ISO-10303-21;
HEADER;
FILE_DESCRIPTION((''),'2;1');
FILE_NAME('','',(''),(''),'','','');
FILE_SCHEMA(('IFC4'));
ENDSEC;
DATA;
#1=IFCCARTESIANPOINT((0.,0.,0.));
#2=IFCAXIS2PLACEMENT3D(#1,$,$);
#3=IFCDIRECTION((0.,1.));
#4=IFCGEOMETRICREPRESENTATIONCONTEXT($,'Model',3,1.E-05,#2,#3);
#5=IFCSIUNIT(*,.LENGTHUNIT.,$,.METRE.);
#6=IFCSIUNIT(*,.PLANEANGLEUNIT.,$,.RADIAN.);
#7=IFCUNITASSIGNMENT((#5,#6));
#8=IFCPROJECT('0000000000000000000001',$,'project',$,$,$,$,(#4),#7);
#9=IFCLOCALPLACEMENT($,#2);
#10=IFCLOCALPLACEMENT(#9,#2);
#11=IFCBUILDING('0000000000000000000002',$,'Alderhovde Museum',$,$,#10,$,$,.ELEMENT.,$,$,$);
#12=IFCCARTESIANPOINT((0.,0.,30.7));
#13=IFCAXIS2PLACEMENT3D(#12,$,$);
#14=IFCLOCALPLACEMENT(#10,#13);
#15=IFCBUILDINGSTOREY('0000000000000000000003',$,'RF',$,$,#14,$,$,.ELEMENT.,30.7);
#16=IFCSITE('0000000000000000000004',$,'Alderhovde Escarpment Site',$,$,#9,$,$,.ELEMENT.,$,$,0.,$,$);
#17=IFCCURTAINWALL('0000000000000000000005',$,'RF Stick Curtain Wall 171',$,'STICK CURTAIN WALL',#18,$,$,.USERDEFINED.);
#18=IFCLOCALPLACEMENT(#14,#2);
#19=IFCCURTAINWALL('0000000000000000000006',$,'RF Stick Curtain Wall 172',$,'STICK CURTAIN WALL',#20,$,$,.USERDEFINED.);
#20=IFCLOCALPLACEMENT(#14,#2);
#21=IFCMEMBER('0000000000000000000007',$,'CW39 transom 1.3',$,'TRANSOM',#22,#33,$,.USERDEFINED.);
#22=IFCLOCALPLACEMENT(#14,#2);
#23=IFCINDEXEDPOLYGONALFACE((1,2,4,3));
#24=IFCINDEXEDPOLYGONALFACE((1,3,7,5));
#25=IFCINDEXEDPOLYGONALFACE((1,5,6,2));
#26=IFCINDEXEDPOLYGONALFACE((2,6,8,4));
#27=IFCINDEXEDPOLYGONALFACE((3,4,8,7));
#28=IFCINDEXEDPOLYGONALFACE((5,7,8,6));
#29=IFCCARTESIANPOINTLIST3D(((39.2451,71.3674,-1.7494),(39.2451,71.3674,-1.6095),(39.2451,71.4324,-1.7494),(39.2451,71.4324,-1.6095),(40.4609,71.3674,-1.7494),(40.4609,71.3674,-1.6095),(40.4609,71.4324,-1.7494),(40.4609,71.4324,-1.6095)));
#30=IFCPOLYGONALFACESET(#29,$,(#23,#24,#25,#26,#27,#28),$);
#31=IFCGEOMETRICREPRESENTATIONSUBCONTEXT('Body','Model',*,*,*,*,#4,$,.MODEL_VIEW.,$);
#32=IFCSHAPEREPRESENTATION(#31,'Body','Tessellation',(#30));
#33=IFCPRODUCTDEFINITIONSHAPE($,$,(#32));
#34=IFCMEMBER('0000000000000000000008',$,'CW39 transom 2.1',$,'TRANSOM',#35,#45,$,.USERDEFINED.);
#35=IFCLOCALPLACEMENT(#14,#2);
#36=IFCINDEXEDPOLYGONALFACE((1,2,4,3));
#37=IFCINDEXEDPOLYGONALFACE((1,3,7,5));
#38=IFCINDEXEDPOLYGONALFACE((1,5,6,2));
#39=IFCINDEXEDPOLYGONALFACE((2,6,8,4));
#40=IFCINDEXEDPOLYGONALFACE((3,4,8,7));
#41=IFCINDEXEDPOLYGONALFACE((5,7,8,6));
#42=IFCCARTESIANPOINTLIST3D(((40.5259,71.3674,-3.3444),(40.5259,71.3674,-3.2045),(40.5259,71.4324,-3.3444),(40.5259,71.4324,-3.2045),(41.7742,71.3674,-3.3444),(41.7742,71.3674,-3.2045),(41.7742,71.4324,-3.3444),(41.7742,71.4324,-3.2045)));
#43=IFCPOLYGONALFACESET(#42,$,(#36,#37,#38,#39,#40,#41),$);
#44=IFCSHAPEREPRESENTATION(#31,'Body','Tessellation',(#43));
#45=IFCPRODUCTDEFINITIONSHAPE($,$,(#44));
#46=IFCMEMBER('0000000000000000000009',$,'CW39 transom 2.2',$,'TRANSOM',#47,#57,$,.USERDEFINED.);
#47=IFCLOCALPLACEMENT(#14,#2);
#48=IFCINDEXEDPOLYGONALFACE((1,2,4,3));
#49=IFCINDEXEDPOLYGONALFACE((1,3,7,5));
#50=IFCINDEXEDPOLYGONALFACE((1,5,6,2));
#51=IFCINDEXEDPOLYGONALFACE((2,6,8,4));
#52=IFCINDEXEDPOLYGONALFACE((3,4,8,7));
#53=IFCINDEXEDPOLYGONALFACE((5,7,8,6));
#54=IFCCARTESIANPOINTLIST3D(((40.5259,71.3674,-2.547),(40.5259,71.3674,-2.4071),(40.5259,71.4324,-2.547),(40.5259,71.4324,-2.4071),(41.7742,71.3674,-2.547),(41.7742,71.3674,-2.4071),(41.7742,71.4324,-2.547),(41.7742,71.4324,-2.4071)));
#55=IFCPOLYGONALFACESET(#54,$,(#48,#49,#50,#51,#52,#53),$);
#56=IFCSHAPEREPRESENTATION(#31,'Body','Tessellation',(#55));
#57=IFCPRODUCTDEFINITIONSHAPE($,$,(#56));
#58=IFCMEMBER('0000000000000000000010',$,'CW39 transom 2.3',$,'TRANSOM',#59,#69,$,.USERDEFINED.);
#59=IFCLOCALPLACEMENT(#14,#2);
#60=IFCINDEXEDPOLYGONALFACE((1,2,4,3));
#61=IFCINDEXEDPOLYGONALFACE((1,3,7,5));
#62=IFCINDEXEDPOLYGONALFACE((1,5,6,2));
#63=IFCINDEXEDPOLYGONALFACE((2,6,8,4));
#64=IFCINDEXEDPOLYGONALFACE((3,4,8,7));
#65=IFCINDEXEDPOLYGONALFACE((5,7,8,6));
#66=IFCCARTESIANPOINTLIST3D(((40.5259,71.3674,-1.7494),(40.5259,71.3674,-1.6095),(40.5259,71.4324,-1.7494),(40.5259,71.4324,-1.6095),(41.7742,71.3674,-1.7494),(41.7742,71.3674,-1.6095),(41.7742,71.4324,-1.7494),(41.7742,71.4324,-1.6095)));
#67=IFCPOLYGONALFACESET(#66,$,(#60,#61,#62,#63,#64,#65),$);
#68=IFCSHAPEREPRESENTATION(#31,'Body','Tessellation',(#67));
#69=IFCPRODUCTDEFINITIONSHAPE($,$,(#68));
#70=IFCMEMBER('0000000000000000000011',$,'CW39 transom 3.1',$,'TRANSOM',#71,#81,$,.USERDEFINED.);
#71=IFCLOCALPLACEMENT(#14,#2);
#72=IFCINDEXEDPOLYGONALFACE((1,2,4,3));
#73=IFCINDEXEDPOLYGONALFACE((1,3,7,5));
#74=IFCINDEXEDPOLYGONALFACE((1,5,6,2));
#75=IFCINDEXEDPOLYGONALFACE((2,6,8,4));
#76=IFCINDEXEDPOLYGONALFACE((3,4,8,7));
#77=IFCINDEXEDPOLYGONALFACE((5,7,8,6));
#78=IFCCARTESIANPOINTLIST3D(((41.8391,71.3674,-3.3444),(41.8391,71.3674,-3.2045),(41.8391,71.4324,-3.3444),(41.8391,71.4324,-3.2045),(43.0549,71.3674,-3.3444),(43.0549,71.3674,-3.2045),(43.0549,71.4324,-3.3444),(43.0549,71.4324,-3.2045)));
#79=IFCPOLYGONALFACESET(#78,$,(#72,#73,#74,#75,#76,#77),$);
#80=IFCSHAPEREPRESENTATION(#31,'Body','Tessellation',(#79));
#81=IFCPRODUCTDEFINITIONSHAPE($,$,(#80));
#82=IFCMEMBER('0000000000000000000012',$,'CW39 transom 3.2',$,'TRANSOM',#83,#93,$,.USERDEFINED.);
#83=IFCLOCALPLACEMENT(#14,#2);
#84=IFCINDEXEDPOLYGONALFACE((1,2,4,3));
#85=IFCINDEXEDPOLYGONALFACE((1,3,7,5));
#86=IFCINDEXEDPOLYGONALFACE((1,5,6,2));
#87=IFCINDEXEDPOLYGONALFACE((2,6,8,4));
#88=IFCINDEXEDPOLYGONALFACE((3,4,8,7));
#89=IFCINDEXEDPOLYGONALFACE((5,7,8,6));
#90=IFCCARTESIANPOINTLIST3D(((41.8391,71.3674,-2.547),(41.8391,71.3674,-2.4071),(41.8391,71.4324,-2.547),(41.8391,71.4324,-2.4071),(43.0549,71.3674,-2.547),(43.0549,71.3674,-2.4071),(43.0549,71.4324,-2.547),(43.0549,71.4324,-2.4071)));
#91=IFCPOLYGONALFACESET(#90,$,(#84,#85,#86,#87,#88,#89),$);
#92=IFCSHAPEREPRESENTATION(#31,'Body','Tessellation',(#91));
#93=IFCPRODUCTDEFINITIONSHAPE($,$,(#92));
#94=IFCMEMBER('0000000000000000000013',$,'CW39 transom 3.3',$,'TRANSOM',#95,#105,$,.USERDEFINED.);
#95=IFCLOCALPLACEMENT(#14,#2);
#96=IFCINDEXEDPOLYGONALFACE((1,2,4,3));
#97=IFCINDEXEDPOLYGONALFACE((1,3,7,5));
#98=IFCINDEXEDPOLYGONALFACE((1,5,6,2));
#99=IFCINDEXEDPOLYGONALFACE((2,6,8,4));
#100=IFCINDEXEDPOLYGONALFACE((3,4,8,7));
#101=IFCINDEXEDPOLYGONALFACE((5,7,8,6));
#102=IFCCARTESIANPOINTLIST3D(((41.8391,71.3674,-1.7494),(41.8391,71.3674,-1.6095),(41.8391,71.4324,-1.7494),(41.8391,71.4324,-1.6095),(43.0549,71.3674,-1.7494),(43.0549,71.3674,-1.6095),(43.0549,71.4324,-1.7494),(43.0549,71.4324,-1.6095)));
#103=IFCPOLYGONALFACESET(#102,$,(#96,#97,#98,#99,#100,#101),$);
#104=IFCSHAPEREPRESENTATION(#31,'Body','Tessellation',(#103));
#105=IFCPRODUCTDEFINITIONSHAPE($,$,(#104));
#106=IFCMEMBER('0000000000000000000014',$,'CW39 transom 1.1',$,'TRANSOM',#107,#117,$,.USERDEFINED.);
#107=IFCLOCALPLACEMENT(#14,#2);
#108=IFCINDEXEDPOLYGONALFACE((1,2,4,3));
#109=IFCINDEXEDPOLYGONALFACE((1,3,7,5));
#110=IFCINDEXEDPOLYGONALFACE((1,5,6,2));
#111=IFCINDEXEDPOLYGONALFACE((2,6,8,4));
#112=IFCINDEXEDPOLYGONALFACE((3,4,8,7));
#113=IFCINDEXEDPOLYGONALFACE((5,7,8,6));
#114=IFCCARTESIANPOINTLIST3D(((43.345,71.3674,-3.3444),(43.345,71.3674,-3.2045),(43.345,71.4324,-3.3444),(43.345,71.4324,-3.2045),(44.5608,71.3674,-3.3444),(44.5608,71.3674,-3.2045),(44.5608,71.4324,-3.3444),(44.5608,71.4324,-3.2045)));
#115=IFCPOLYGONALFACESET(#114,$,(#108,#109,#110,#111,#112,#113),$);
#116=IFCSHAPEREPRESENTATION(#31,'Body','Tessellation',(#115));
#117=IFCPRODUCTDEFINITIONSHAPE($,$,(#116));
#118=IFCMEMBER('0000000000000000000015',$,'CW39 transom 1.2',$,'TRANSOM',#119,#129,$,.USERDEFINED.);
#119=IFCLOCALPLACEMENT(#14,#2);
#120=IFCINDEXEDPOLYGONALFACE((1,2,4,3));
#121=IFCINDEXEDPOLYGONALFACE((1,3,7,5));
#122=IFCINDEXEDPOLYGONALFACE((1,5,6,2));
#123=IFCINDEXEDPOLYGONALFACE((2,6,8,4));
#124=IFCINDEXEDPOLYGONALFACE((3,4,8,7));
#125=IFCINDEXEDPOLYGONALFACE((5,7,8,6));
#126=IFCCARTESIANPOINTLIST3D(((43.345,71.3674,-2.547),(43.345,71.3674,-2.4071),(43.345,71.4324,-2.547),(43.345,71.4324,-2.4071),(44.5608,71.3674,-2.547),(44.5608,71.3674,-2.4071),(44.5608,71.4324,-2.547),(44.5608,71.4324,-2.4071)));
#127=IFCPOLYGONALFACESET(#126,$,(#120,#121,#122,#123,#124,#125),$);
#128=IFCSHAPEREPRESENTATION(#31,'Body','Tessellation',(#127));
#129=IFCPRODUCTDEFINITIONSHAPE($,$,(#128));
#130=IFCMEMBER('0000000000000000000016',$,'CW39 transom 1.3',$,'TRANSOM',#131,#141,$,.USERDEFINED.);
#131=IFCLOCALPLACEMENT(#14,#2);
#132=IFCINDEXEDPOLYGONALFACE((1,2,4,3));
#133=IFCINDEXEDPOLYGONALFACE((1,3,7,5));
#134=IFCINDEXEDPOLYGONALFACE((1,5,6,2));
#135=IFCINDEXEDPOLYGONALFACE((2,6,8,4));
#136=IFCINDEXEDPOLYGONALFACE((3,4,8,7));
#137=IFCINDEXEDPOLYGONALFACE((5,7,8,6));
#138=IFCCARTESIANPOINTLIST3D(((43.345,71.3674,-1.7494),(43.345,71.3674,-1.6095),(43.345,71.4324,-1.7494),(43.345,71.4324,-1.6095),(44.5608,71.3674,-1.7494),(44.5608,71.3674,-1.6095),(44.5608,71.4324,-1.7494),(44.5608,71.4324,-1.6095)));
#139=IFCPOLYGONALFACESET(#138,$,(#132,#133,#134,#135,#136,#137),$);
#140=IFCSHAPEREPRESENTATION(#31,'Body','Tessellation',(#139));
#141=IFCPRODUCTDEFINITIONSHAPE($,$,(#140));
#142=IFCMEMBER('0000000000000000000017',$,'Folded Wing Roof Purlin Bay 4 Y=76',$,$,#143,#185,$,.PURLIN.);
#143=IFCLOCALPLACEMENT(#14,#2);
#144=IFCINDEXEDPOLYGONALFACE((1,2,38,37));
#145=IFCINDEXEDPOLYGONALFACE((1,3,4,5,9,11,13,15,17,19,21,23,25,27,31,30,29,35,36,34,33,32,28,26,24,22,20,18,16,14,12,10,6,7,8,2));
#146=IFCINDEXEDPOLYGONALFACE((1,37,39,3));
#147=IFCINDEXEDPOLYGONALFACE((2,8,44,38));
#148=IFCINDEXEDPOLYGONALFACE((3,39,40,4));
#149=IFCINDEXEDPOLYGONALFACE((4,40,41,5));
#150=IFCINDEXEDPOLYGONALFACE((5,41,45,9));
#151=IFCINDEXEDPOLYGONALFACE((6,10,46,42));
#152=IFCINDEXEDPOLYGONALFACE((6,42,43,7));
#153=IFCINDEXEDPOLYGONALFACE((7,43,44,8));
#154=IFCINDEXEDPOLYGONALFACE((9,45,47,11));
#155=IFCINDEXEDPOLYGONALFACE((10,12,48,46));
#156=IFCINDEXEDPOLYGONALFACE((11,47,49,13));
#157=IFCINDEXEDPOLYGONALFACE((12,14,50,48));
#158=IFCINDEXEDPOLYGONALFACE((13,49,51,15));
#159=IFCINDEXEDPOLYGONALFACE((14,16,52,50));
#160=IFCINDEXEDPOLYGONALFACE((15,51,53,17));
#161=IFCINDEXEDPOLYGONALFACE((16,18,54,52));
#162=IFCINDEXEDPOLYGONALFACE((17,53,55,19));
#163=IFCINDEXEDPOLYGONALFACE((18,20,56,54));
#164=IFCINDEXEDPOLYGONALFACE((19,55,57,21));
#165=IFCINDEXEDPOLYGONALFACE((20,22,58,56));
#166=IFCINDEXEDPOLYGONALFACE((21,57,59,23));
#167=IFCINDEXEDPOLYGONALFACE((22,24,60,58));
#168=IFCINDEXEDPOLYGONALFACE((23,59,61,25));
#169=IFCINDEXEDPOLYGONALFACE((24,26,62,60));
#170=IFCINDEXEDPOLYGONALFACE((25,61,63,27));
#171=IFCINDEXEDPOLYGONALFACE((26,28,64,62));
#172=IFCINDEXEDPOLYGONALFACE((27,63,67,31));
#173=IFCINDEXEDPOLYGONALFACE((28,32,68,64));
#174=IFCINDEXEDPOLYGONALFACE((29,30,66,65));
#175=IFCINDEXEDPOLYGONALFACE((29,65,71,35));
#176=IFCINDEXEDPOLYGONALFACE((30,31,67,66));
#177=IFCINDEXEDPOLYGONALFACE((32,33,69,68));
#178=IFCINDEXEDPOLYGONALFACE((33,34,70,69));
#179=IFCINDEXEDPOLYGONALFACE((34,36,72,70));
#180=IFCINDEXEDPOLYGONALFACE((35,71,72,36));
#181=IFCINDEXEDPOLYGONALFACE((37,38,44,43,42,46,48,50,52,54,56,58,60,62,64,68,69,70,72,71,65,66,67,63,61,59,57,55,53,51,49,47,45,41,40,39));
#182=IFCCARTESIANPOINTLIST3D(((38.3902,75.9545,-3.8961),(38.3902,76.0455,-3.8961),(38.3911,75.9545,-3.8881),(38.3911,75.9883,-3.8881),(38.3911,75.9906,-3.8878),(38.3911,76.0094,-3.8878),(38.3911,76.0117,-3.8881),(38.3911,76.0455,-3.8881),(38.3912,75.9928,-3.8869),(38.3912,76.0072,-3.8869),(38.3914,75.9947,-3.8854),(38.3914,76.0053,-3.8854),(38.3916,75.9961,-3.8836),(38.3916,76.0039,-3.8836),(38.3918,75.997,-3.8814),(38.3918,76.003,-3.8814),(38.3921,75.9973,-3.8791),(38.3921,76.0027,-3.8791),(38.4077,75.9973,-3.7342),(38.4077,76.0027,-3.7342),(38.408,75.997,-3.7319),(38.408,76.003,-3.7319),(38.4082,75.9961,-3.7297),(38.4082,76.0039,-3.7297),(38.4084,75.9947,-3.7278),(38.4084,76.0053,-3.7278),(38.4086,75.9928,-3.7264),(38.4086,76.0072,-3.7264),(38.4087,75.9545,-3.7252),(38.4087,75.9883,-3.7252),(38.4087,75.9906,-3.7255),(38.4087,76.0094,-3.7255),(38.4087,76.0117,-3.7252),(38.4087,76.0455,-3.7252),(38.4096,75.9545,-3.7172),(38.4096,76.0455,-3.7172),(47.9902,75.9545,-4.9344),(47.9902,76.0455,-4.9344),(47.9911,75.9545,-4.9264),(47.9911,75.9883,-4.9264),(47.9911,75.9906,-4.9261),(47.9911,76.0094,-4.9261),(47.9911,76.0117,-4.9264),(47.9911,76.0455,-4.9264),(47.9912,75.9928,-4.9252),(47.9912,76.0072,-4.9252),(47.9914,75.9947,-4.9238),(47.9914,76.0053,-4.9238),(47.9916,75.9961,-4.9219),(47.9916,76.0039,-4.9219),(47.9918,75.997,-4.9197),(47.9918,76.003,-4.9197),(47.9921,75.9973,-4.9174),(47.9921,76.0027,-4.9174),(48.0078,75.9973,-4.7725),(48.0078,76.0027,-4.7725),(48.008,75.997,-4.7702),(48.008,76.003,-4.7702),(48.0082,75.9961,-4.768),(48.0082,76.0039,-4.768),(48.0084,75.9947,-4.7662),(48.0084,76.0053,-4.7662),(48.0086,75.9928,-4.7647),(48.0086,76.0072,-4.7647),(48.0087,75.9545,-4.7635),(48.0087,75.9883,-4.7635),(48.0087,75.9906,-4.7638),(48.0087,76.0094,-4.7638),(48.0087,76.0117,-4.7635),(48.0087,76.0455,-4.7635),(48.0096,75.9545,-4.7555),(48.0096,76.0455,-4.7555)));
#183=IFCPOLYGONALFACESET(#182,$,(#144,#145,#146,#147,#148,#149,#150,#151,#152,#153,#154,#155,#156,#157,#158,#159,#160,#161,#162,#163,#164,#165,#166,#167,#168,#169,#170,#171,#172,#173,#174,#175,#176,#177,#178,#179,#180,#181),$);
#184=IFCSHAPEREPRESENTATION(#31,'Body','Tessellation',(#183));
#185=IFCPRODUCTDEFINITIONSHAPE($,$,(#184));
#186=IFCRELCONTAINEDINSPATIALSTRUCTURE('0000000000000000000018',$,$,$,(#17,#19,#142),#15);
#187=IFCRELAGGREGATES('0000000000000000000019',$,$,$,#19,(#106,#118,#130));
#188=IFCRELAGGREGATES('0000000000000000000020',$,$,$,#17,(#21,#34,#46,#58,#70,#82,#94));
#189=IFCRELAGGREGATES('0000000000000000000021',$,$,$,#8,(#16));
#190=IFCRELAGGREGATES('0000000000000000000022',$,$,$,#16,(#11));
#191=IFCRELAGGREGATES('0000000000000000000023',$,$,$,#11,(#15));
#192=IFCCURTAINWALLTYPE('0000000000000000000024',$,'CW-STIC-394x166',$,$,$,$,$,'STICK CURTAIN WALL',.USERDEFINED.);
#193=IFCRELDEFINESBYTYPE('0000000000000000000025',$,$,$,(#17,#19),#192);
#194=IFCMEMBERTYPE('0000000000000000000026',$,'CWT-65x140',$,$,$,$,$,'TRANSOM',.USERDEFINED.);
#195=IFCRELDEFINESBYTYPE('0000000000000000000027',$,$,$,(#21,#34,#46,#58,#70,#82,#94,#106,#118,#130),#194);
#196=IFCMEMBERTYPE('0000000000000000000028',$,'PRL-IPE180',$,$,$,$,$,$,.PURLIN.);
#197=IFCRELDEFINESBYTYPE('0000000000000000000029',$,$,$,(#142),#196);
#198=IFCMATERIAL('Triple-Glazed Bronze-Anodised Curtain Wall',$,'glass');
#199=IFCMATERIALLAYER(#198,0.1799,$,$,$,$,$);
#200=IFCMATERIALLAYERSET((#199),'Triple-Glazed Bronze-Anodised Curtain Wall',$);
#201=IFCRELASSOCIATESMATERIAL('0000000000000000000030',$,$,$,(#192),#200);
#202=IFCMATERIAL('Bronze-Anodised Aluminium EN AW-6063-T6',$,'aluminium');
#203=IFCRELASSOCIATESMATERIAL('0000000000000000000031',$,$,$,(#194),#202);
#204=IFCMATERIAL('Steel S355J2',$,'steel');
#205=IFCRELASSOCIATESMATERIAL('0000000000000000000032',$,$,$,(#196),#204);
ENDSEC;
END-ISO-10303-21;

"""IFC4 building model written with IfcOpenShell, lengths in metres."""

from ifc_helpers import new_model, si_unit, direction, frame, origin, origin_2d, place, context, subcontext, project, spatial, rectangle, i_section, extrude, material, layer, layer_set, material_profile, profile_set, type_object, element, aggregate, save


model = new_model("IFC4")

# Units and contexts
model_context = context("Model", 3, precision=1e-05, world=origin(), true_north=direction((0.0, 1.0)))
body_context = subcontext(model_context, "Body", "Model", "MODEL_VIEW")
ifc_project = project(units=[si_unit("LENGTHUNIT", "METRE"), si_unit("PLANEANGLEUNIT", "RADIAN")], contexts=[model_context])

# Site, building, storey
site_placement = place(None, origin())
site = spatial("IfcSite", under=ifc_project, at=site_placement, Name="Alderhovde Escarpment Site", CompositionType="ELEMENT", RefElevation=0.0)
building_placement = place(site_placement, origin())
building = spatial("IfcBuilding", under=site, at=building_placement, Name="Alderhovde Museum", CompositionType="ELEMENT")
storey_placement = place(building_placement, frame((0.0, 0.0, 30.7)))
storey = spatial("IfcBuildingStorey", under=building, at=storey_placement, Name="RF", CompositionType="ELEMENT", Elevation=30.7)

# Curtain wall
ifc_material_1 = material(Name="Triple-Glazed Bronze-Anodised Curtain Wall", Category="glass")
ifc_layer_1 = layer(ifc_material_1, 0.1799)
ifc_layer_set_1 = layer_set([ifc_layer_1], Name="Triple-Glazed Bronze-Anodised Curtain Wall")
curtain_wall_type = type_object("IfcCurtainWallType", Name="CW-STIC-394x166", ElementType="STICK CURTAIN WALL", PredefinedType="USERDEFINED", material=ifc_layer_set_1)
curtain_wall_1_placement = place(storey_placement, origin())
curtain_wall_1 = element("IfcCurtainWall", 1, at=curtain_wall_1_placement, inside=storey, type_object=curtain_wall_type, Name="RF Stick Curtain Wall 171", ObjectType="STICK CURTAIN WALL", PredefinedType="USERDEFINED")

# Curtain wall
curtain_wall_2_placement = place(storey_placement, origin())
curtain_wall_2 = element("IfcCurtainWall", 2, at=curtain_wall_2_placement, inside=storey, type_object=curtain_wall_type, Name="RF Stick Curtain Wall 172", ObjectType="STICK CURTAIN WALL", PredefinedType="USERDEFINED")

# Members
ifc_material_2 = material(Name="Bronze-Anodised Aluminium EN AW-6063-T6", Category="aluminium")
ifc_material_profile_1 = material_profile(ifc_material_2, rectangle(XDim=0.0649, YDim=0.1399, at=origin_2d()), Name="TRANSOM 65x140")
ifc_profile_set_1 = profile_set([ifc_material_profile_1], Name="Bronze-Anodised Aluminium EN AW-6063-T6")
member_type_1 = type_object("IfcMemberType", Name="CWT-65x140", ElementType="TRANSOM", PredefinedType="USERDEFINED", material=ifc_profile_set_1)
member_1_placement = place(storey_placement, frame((39.2451, 71.3999, -1.6794), z_axis=(1.0, 0.0, 0.0), x_axis=(0.0, 1.0, 0.0)))
member_1 = element("IfcMember", 3, at=member_1_placement, type_object=member_type_1, Name="CW39 transom 1.3", ObjectType="TRANSOM", PredefinedType="USERDEFINED", context=body_context, shape_type="SweptSolid", body=[
    extrude(rectangle(XDim=0.0649, YDim=0.1399, at=origin_2d()), origin(), (0.0, 0.0, 1.0), 1.2158),
])
member_2_placement = place(storey_placement, frame((40.5259, 71.3999, -3.2744), z_axis=(1.0, 0.0, 0.0), x_axis=(0.0, 1.0, 0.0)))
member_2 = element("IfcMember", 4, at=member_2_placement, type_object=member_type_1, Name="CW39 transom 2.1", ObjectType="TRANSOM", PredefinedType="USERDEFINED", context=body_context, shape_type="SweptSolid", body=[
    extrude(rectangle(XDim=0.0649, YDim=0.1399, at=origin_2d()), origin(), (0.0, 0.0, 1.0), 1.2483),
])
member_3_placement = place(storey_placement, frame((40.5259, 71.3999, -2.4771), z_axis=(1.0, 0.0, 0.0), x_axis=(0.0, 1.0, 0.0)))
member_3 = element("IfcMember", 5, at=member_3_placement, type_object=member_type_1, Name="CW39 transom 2.2", ObjectType="TRANSOM", PredefinedType="USERDEFINED", context=body_context, shape_type="SweptSolid", body=[
    extrude(rectangle(XDim=0.0649, YDim=0.1399, at=origin_2d()), origin(), (0.0, 0.0, 1.0), 1.2483),
])
member_4_placement = place(storey_placement, frame((40.5259, 71.3999, -1.6794), z_axis=(1.0, 0.0, 0.0), x_axis=(0.0, 1.0, 0.0)))
member_4 = element("IfcMember", 6, at=member_4_placement, type_object=member_type_1, Name="CW39 transom 2.3", ObjectType="TRANSOM", PredefinedType="USERDEFINED", context=body_context, shape_type="SweptSolid", body=[
    extrude(rectangle(XDim=0.0649, YDim=0.1399, at=origin_2d()), origin(), (0.0, 0.0, 1.0), 1.2483),
])
member_5_placement = place(storey_placement, frame((41.8391, 71.3999, -3.2744), z_axis=(1.0, 0.0, 0.0), x_axis=(0.0, 1.0, 0.0)))
member_5 = element("IfcMember", 7, at=member_5_placement, type_object=member_type_1, Name="CW39 transom 3.1", ObjectType="TRANSOM", PredefinedType="USERDEFINED", context=body_context, shape_type="SweptSolid", body=[
    extrude(rectangle(XDim=0.0649, YDim=0.1399, at=origin_2d()), origin(), (0.0, 0.0, 1.0), 1.2158),
])
member_6_placement = place(storey_placement, frame((41.8391, 71.3999, -2.4771), z_axis=(1.0, 0.0, 0.0), x_axis=(0.0, 1.0, 0.0)))
member_6 = element("IfcMember", 8, at=member_6_placement, type_object=member_type_1, Name="CW39 transom 3.2", ObjectType="TRANSOM", PredefinedType="USERDEFINED", context=body_context, shape_type="SweptSolid", body=[
    extrude(rectangle(XDim=0.0649, YDim=0.1399, at=origin_2d()), origin(), (0.0, 0.0, 1.0), 1.2158),
])
member_7_placement = place(storey_placement, frame((41.8391, 71.3999, -1.6794), z_axis=(1.0, 0.0, 0.0), x_axis=(0.0, 1.0, 0.0)))
member_7 = element("IfcMember", 9, at=member_7_placement, type_object=member_type_1, Name="CW39 transom 3.3", ObjectType="TRANSOM", PredefinedType="USERDEFINED", context=body_context, shape_type="SweptSolid", body=[
    extrude(rectangle(XDim=0.0649, YDim=0.1399, at=origin_2d()), origin(), (0.0, 0.0, 1.0), 1.2158),
])
member_8_placement = place(storey_placement, frame((43.345, 71.3999, -3.2744), z_axis=(1.0, 0.0, 0.0), x_axis=(0.0, 1.0, 0.0)))
member_8 = element("IfcMember", 10, at=member_8_placement, type_object=member_type_1, Name="CW39 transom 1.1", ObjectType="TRANSOM", PredefinedType="USERDEFINED", context=body_context, shape_type="SweptSolid", body=[
    extrude(rectangle(XDim=0.0649, YDim=0.1399, at=origin_2d()), origin(), (0.0, 0.0, 1.0), 1.2158),
])
member_9_placement = place(storey_placement, frame((43.345, 71.3999, -2.4771), z_axis=(1.0, 0.0, 0.0), x_axis=(0.0, 1.0, 0.0)))
member_9 = element("IfcMember", 11, at=member_9_placement, type_object=member_type_1, Name="CW39 transom 1.2", ObjectType="TRANSOM", PredefinedType="USERDEFINED", context=body_context, shape_type="SweptSolid", body=[
    extrude(rectangle(XDim=0.0649, YDim=0.1399, at=origin_2d()), origin(), (0.0, 0.0, 1.0), 1.2158),
])
member_10_placement = place(storey_placement, frame((43.345, 71.3999, -1.6794), z_axis=(1.0, 0.0, 0.0), x_axis=(0.0, 1.0, 0.0)))
member_10 = element("IfcMember", 12, at=member_10_placement, type_object=member_type_1, Name="CW39 transom 1.3", ObjectType="TRANSOM", PredefinedType="USERDEFINED", context=body_context, shape_type="SweptSolid", body=[
    extrude(rectangle(XDim=0.0649, YDim=0.1399, at=origin_2d()), origin(), (0.0, 0.0, 1.0), 1.2158),
])
aggregate(curtain_wall_2, [member_8, member_9, member_10])

# Member
ifc_material_3 = material(Name="Steel S355J2", Category="steel")
ifc_material_profile_2 = material_profile(ifc_material_3, i_section(OverallWidth=0.0911, OverallDepth=0.1799, WebThickness=0.0054, FlangeThickness=0.0081, FilletRadius=0.009, at=origin_2d()), Name="IPE 180")
ifc_profile_set_2 = profile_set([ifc_material_profile_2], Name="Steel S355J2")
member_type_2 = type_object("IfcMemberType", Name="PRL-IPE180", PredefinedType="PURLIN", material=ifc_profile_set_2)
for number, where, z_axis, x_axis, name in (
    (13, (38.3999, 76.0, -3.8066), (0.994202, 0.0, -0.107531), (0.0, 1.0, 0.0), "Folded Wing Roof Purlin Bay 4 Y=76"),
):
    element("IfcMember", number, at=place(storey_placement, frame(where, z_axis=z_axis, x_axis=x_axis)), inside=storey, type_object=member_type_2, Name=name, PredefinedType="PURLIN", context=body_context, shape_type="SweptSolid", body=[
        extrude(i_section(OverallWidth=0.0911, OverallDepth=0.1799, WebThickness=0.0054, FlangeThickness=0.0081, FilletRadius=0.009, at=origin_2d()), origin(), (0.0, 0.0, 1.0), 9.656),
    ])

aggregate(curtain_wall_1, [member_1, member_2, member_3, member_4, member_5, member_6, member_7])

save(model, "model.ifc")
